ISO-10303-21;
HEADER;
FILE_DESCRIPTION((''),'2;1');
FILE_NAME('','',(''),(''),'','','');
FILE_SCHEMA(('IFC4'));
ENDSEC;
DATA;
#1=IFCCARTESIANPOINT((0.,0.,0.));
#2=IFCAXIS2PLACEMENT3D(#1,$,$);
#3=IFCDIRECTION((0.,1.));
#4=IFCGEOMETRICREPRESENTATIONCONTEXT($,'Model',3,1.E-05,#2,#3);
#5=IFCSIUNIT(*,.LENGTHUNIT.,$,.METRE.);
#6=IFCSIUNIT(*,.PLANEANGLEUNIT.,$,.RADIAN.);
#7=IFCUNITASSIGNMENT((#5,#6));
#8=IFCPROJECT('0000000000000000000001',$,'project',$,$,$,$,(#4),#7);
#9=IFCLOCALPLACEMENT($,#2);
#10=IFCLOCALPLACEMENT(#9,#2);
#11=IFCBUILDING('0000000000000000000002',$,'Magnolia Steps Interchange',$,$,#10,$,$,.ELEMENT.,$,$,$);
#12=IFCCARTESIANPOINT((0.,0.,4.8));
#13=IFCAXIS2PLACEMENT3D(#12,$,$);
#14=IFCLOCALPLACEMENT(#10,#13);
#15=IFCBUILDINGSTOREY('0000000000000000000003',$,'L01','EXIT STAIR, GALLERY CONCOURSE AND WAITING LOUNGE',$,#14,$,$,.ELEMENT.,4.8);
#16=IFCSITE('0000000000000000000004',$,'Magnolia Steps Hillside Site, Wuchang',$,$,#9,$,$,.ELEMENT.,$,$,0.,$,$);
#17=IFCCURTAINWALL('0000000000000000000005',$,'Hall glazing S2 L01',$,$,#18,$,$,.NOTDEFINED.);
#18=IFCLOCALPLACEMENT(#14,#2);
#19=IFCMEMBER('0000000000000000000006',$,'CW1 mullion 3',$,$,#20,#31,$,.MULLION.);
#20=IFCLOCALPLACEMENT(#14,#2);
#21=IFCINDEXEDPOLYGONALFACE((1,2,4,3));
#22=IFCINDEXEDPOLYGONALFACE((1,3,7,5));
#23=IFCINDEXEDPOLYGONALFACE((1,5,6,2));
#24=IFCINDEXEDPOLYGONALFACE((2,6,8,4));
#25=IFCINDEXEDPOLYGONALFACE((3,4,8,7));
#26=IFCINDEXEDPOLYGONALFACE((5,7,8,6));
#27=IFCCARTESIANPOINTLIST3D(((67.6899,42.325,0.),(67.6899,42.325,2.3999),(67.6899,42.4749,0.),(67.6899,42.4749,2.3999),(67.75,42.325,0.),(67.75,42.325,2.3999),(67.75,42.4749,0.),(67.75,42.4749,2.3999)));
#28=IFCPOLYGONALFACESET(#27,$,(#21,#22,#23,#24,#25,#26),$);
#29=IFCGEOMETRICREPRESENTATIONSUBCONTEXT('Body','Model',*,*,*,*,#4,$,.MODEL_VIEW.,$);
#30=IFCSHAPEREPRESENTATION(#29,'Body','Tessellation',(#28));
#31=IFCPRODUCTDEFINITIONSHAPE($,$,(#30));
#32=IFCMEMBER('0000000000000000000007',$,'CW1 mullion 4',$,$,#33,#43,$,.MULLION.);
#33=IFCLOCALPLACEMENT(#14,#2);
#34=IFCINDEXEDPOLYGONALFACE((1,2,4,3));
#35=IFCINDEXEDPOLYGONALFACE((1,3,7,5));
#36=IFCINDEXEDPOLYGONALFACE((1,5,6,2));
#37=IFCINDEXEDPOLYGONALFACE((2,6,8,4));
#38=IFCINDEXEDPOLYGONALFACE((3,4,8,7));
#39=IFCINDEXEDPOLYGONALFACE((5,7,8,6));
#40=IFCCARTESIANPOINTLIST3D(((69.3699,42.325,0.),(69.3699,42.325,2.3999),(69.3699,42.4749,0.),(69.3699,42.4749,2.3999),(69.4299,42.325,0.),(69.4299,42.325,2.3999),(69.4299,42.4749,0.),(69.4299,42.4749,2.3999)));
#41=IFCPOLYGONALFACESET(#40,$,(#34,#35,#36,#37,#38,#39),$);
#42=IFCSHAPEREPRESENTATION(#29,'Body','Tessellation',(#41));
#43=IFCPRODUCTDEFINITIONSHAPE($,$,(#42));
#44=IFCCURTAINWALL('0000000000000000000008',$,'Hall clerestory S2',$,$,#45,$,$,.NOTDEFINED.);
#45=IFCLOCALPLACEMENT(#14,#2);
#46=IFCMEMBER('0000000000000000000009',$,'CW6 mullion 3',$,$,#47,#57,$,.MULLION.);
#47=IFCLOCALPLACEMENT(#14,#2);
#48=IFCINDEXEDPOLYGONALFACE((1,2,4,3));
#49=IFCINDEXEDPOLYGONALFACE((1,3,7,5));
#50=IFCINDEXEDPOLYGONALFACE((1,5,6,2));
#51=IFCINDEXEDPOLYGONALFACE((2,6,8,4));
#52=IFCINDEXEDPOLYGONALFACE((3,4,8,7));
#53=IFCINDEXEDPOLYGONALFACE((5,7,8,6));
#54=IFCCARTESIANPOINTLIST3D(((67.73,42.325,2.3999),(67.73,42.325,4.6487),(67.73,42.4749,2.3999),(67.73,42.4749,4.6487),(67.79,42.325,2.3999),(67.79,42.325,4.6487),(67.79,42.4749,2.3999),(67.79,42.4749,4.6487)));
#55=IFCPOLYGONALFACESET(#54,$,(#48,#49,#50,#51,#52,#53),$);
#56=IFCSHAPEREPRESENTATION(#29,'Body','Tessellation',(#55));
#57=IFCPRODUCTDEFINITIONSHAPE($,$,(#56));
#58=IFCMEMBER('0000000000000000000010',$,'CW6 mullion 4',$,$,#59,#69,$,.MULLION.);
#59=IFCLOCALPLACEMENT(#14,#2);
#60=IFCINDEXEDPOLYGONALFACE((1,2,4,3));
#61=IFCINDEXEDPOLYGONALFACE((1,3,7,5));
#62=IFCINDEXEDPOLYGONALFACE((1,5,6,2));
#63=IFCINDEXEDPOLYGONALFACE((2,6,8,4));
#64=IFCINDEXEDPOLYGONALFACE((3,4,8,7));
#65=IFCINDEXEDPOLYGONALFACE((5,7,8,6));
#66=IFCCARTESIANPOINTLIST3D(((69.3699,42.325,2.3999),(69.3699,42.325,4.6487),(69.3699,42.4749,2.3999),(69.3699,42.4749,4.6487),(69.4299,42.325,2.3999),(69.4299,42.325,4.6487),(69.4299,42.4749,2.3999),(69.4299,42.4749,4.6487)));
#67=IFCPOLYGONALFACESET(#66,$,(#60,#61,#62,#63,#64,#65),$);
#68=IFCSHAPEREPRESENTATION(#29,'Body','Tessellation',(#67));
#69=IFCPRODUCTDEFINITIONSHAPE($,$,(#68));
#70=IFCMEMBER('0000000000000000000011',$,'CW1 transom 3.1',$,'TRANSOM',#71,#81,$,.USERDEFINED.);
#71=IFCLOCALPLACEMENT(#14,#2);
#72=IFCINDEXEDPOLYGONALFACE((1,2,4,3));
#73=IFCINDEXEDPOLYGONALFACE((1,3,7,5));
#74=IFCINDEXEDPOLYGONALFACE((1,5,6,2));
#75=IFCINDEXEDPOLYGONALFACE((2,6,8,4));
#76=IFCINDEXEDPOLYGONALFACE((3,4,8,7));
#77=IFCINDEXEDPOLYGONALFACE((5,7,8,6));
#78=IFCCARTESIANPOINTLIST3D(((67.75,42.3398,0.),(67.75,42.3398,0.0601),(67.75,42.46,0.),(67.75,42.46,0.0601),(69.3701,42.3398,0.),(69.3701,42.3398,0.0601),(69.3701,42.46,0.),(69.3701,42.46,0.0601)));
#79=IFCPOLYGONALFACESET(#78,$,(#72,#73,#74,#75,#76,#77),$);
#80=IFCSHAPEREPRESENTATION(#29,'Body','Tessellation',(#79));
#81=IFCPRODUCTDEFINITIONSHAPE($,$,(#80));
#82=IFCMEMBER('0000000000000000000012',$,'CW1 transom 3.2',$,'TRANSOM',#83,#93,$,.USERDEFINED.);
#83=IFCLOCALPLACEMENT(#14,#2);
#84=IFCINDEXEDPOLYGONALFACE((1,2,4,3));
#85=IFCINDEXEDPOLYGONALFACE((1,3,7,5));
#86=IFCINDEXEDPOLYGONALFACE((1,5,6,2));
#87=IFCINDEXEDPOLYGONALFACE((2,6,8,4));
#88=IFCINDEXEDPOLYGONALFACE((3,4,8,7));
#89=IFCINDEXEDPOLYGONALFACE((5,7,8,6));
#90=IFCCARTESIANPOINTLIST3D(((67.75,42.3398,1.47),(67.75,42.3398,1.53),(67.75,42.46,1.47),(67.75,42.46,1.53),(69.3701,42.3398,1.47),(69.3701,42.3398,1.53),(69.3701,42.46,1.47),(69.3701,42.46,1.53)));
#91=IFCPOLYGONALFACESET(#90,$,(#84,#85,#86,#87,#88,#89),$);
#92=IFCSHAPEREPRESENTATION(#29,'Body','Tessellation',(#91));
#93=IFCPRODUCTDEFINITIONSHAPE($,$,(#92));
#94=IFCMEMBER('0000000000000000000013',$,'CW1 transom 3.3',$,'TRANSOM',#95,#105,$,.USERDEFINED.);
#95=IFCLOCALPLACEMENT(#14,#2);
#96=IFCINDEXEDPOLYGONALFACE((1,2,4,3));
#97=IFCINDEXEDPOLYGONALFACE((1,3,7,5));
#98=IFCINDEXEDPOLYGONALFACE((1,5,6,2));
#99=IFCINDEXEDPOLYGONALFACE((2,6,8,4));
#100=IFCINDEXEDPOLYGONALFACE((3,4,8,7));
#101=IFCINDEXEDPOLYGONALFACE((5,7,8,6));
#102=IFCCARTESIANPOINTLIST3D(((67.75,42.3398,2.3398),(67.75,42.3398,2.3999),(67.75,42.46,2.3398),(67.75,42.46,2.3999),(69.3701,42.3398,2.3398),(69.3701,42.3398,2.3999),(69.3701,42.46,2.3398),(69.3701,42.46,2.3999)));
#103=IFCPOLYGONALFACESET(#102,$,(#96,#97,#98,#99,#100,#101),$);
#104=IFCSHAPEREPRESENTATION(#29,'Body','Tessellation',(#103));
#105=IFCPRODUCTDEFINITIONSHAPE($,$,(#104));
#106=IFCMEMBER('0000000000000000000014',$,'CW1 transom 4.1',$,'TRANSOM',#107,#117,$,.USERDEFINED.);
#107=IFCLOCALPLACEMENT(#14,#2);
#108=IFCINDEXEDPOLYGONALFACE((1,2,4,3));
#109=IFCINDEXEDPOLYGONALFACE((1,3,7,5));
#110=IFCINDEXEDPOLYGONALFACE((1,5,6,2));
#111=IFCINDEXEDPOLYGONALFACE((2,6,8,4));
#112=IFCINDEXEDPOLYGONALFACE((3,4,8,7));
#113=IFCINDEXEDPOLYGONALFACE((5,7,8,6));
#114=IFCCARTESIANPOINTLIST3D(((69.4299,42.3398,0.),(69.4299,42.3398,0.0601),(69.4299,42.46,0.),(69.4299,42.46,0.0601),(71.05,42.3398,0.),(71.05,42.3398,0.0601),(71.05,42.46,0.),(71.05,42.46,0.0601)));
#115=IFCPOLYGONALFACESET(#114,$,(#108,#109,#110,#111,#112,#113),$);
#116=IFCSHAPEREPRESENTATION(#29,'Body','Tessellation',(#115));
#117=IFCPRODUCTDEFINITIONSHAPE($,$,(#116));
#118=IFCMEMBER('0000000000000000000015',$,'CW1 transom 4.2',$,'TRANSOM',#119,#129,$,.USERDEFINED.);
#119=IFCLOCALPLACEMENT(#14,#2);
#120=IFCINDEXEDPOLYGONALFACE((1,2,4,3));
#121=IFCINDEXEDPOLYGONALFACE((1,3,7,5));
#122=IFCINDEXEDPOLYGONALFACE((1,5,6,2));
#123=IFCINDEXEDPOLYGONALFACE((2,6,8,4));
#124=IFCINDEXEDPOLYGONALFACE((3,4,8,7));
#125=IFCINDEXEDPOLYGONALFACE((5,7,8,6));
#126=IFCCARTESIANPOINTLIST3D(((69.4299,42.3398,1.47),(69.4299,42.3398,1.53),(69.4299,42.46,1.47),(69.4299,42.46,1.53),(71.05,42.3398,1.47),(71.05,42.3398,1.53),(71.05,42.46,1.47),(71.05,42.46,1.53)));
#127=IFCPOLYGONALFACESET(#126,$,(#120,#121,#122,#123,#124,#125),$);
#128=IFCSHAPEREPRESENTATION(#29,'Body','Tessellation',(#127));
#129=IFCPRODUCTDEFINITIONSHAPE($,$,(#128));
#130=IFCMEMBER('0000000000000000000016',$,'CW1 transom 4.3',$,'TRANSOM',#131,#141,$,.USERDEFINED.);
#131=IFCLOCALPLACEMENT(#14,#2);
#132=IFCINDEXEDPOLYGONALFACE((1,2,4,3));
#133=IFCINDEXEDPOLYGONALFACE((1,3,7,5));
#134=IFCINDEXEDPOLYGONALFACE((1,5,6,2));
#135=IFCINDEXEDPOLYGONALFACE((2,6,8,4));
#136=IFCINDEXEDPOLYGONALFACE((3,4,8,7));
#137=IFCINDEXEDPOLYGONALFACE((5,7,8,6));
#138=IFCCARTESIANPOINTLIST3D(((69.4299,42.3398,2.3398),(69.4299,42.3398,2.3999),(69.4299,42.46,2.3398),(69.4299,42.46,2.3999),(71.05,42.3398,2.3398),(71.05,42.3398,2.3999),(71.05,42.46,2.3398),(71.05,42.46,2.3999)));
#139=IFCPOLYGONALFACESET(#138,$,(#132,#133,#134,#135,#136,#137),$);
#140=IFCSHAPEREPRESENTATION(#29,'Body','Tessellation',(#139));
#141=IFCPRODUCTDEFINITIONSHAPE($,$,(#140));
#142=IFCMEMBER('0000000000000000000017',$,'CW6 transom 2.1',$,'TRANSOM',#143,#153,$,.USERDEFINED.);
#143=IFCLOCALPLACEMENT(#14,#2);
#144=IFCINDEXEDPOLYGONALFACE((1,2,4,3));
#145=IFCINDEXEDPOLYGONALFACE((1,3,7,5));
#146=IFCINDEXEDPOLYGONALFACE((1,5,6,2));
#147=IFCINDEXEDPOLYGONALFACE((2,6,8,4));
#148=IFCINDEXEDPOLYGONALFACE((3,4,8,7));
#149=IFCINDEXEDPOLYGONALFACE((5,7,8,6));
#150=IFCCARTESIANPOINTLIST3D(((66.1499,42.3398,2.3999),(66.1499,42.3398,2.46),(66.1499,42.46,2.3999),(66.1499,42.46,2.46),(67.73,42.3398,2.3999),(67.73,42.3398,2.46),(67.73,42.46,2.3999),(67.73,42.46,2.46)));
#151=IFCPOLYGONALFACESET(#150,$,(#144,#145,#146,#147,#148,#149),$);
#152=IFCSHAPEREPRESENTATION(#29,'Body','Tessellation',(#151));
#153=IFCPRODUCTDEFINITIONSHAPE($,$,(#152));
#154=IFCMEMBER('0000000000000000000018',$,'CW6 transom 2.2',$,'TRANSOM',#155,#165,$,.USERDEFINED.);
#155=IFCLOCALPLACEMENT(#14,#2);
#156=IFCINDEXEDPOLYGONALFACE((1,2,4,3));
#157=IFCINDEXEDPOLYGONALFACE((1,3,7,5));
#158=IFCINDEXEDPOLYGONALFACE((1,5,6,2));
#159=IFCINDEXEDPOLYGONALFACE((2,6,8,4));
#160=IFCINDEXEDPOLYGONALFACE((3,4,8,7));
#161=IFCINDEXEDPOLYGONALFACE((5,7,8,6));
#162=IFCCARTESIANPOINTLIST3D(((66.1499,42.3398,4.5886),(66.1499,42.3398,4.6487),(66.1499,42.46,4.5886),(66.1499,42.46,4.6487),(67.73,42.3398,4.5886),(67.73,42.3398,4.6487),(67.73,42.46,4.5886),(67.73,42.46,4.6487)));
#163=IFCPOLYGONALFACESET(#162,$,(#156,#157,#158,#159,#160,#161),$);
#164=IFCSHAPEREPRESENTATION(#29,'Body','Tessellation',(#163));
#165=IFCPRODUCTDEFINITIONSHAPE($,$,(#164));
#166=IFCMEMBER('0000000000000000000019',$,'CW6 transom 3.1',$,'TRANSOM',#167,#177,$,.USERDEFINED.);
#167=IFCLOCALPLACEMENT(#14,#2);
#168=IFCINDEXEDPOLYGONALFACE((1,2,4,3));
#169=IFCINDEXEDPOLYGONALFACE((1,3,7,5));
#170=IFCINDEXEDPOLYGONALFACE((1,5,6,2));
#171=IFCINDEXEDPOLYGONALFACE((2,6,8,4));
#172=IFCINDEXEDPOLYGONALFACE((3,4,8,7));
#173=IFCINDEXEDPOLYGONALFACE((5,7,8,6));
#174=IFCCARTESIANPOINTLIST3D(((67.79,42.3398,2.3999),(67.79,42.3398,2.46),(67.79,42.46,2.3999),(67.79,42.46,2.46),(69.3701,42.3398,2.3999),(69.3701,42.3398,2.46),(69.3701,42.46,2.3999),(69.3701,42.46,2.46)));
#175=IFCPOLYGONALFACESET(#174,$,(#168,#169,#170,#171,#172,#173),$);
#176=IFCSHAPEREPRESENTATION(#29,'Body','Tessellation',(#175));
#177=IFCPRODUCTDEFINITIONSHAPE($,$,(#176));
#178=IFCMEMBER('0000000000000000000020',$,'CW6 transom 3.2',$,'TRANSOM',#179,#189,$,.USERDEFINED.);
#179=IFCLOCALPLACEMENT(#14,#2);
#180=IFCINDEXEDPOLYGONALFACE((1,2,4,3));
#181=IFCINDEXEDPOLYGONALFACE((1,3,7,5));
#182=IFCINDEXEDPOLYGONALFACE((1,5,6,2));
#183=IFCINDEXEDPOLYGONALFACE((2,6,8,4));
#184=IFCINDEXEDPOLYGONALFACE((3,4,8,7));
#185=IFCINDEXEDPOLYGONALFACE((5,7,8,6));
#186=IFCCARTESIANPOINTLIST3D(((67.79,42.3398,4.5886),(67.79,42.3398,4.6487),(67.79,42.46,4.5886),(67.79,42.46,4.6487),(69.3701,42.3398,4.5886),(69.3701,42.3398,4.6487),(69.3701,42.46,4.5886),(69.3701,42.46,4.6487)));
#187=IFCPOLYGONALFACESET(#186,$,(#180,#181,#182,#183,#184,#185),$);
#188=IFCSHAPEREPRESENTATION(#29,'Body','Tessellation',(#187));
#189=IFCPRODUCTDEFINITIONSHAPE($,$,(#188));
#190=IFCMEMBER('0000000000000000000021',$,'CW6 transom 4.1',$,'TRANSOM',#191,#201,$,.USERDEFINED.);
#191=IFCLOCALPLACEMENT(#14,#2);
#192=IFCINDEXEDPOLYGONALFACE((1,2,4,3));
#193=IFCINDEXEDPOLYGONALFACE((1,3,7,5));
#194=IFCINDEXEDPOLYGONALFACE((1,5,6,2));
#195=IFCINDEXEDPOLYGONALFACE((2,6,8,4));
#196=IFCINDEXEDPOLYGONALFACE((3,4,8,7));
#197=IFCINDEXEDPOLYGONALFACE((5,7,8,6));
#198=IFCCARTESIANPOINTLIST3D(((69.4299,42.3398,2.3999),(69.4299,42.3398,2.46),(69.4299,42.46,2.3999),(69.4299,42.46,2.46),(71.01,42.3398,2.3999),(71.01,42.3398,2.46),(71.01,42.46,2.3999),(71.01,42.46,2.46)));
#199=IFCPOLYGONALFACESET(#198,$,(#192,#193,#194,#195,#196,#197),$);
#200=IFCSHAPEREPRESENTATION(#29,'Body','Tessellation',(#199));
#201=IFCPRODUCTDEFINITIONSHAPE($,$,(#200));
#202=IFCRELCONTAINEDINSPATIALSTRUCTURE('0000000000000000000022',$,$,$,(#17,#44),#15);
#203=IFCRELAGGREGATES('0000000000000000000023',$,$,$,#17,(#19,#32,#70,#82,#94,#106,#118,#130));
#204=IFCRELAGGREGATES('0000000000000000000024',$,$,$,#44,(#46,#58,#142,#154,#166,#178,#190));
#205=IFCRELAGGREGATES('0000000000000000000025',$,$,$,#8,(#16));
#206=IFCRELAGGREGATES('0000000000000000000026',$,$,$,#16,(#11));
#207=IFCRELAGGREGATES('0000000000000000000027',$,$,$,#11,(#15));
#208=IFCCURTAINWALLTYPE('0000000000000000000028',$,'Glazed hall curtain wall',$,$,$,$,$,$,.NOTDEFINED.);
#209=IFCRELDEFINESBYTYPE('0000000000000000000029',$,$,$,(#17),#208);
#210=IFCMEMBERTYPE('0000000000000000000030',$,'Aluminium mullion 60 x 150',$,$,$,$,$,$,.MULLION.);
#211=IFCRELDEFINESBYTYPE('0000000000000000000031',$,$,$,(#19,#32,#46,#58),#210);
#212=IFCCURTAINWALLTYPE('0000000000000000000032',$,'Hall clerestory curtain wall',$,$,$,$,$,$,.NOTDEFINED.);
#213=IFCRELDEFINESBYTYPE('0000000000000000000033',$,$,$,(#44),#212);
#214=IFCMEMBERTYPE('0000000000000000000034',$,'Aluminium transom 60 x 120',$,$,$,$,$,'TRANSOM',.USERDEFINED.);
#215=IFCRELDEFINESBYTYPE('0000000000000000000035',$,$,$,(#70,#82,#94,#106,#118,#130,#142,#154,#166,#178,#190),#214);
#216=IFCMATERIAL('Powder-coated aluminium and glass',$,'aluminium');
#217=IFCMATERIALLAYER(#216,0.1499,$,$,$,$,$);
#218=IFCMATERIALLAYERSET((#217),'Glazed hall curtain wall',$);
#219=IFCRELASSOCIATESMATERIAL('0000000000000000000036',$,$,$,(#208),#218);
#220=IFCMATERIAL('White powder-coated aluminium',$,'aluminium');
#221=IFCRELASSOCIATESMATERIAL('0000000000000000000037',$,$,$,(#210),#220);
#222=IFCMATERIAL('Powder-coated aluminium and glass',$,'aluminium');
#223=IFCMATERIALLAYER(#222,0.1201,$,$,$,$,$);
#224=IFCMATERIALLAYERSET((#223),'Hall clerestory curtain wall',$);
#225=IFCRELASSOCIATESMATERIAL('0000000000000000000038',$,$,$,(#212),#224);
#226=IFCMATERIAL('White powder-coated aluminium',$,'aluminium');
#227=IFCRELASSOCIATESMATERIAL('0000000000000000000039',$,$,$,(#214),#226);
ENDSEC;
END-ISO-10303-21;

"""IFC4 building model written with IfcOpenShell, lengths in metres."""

from ifc_helpers import new_model, si_unit, direction, frame, origin, origin_2d, place, context, subcontext, project, spatial, rectangle, extrude, material, layer, layer_set, material_profile, profile_set, type_object, element, aggregate, save


model = new_model("IFC4")

# Units and contexts
model_context = context("Model", 3, precision=1e-05, world=origin(), true_north=direction((0.0, 1.0)))
body_context = subcontext(model_context, "Body", "Model", "MODEL_VIEW")
ifc_project = project(units=[si_unit("LENGTHUNIT", "METRE"), si_unit("PLANEANGLEUNIT", "RADIAN")], contexts=[model_context])

# Site, building, storey
site_placement = place(None, origin())
site = spatial("IfcSite", under=ifc_project, at=site_placement, Name="Magnolia Steps Hillside Site, Wuchang", CompositionType="ELEMENT", RefElevation=0.0)
building_placement = place(site_placement, origin())
building = spatial("IfcBuilding", under=site, at=building_placement, Name="Magnolia Steps Interchange", CompositionType="ELEMENT")
storey_placement = place(building_placement, frame((0.0, 0.0, 4.8)))
storey = spatial("IfcBuildingStorey", under=building, at=storey_placement, Name="L01", Description="EXIT STAIR, GALLERY CONCOURSE AND WAITING LOUNGE", CompositionType="ELEMENT", Elevation=4.8)

# Curtain walls, members
ifc_material_1 = material(Name="Powder-coated aluminium and glass", Category="aluminium")
ifc_layer_1 = layer(ifc_material_1, 0.1499)
ifc_layer_set_1 = layer_set([ifc_layer_1], Name="Glazed hall curtain wall")
curtain_wall_type_1 = type_object("IfcCurtainWallType", Name="Glazed hall curtain wall", PredefinedType="NOTDEFINED", material=ifc_layer_set_1)
curtain_wall_1_placement = place(storey_placement, origin())
curtain_wall_1 = element("IfcCurtainWall", 1, at=curtain_wall_1_placement, inside=storey, type_object=curtain_wall_type_1, Name="Hall glazing S2 L01", PredefinedType="NOTDEFINED")
ifc_material_2 = material(Name="White powder-coated aluminium", Category="aluminium")
ifc_material_profile_1 = material_profile(ifc_material_2, rectangle(XDim=0.0601, YDim=0.1499, at=origin_2d()), Name="Aluminium mullion 60 x 150")
ifc_profile_set_1 = profile_set([ifc_material_profile_1], Name="White powder-coated aluminium")
member_type_1 = type_object("IfcMemberType", Name="Aluminium mullion 60 x 150", PredefinedType="MULLION", material=ifc_profile_set_1)
member_1_placement = place(storey_placement, frame((67.72, 42.3999, 0.0), z_axis=(0.0, 0.0, 1.0), x_axis=(1.0, 0.0, 0.0)))
member_1 = element("IfcMember", 2, at=member_1_placement, type_object=member_type_1, Name="CW1 mullion 3", PredefinedType="MULLION", context=body_context, shape_type="SweptSolid", body=[
    extrude(rectangle(XDim=0.0601, YDim=0.1499, at=origin_2d()), origin(), (0.0, 0.0, 1.0), 2.3999),
])
member_2_placement = place(storey_placement, frame((69.3999, 42.3999, 0.0), z_axis=(0.0, 0.0, 1.0), x_axis=(1.0, 0.0, 0.0)))
member_2 = element("IfcMember", 3, at=member_2_placement, type_object=member_type_1, Name="CW1 mullion 4", PredefinedType="MULLION", context=body_context, shape_type="SweptSolid", body=[
    extrude(rectangle(XDim=0.0601, YDim=0.1499, at=origin_2d()), origin(), (0.0, 0.0, 1.0), 2.3999),
])
ifc_material_3 = material(Name="Powder-coated aluminium and glass", Category="aluminium")
ifc_layer_2 = layer(ifc_material_3, 0.1201)
ifc_layer_set_2 = layer_set([ifc_layer_2], Name="Hall clerestory curtain wall")
curtain_wall_type_2 = type_object("IfcCurtainWallType", Name="Hall clerestory curtain wall", PredefinedType="NOTDEFINED", material=ifc_layer_set_2)
curtain_wall_2_placement = place(storey_placement, origin())
curtain_wall_2 = element("IfcCurtainWall", 4, at=curtain_wall_2_placement, inside=storey, type_object=curtain_wall_type_2, Name="Hall clerestory S2", PredefinedType="NOTDEFINED")
member_3_placement = place(storey_placement, frame((67.76, 42.3999, 2.3999), z_axis=(0.0, 0.0, 1.0), x_axis=(1.0, 0.0, 0.0)))
member_3 = element("IfcMember", 5, at=member_3_placement, type_object=member_type_1, Name="CW6 mullion 3", PredefinedType="MULLION", context=body_context, shape_type="SweptSolid", body=[
    extrude(rectangle(XDim=0.0601, YDim=0.1499, at=origin_2d()), origin(), (0.0, 0.0, 1.0), 2.2488),
])
member_4_placement = place(storey_placement, frame((69.3999, 42.3999, 2.3999), z_axis=(0.0, 0.0, 1.0), x_axis=(1.0, 0.0, 0.0)))
member_4 = element("IfcMember", 6, at=member_4_placement, type_object=member_type_1, Name="CW6 mullion 4", PredefinedType="MULLION", context=body_context, shape_type="SweptSolid", body=[
    extrude(rectangle(XDim=0.0601, YDim=0.1499, at=origin_2d()), origin(), (0.0, 0.0, 1.0), 2.2488),
])

# Members
ifc_material_4 = material(Name="White powder-coated aluminium", Category="aluminium")
ifc_material_profile_2 = material_profile(ifc_material_4, rectangle(XDim=0.0601, YDim=0.1201, at=origin_2d()), Name="Aluminium transom 60 x 120")
ifc_profile_set_2 = profile_set([ifc_material_profile_2], Name="White powder-coated aluminium")
member_type_2 = type_object("IfcMemberType", Name="Aluminium transom 60 x 120", ElementType="TRANSOM", PredefinedType="USERDEFINED", material=ifc_profile_set_2)
member_5_placement = place(storey_placement, frame((67.75, 42.3999, 0.03), z_axis=(1.0, 0.0, 0.0), x_axis=(0.0, 0.0, 1.0)))
member_5 = element("IfcMember", 7, at=member_5_placement, type_object=member_type_2, Name="CW1 transom 3.1", ObjectType="TRANSOM", PredefinedType="USERDEFINED", context=body_context, shape_type="SweptSolid", body=[
    extrude(rectangle(XDim=0.0601, YDim=0.1201, at=origin_2d()), origin(), (0.0, 0.0, 1.0), 1.6201),
])
member_6_placement = place(storey_placement, frame((67.75, 42.3999, 1.5), z_axis=(1.0, 0.0, 0.0), x_axis=(0.0, 0.0, 1.0)))
member_6 = element("IfcMember", 8, at=member_6_placement, type_object=member_type_2, Name="CW1 transom 3.2", ObjectType="TRANSOM", PredefinedType="USERDEFINED", context=body_context, shape_type="SweptSolid", body=[
    extrude(rectangle(XDim=0.0601, YDim=0.1201, at=origin_2d()), origin(), (0.0, 0.0, 1.0), 1.6201),
])
member_7_placement = place(storey_placement, frame((67.75, 42.3999, 2.3699), z_axis=(1.0, 0.0, 0.0), x_axis=(0.0, 0.0, 1.0)))
member_7 = element("IfcMember", 9, at=member_7_placement, type_object=member_type_2, Name="CW1 transom 3.3", ObjectType="TRANSOM", PredefinedType="USERDEFINED", context=body_context, shape_type="SweptSolid", body=[
    extrude(rectangle(XDim=0.0601, YDim=0.1201, at=origin_2d()), origin(), (0.0, 0.0, 1.0), 1.6201),
])
member_8_placement = place(storey_placement, frame((69.4299, 42.3999, 0.03), z_axis=(1.0, 0.0, 0.0), x_axis=(0.0, 0.0, 1.0)))
member_8 = element("IfcMember", 10, at=member_8_placement, type_object=member_type_2, Name="CW1 transom 4.1", ObjectType="TRANSOM", PredefinedType="USERDEFINED", context=body_context, shape_type="SweptSolid", body=[
    extrude(rectangle(XDim=0.0601, YDim=0.1201, at=origin_2d()), origin(), (0.0, 0.0, 1.0), 1.6201),
])
member_9_placement = place(storey_placement, frame((69.4299, 42.3999, 1.5), z_axis=(1.0, 0.0, 0.0), x_axis=(0.0, 0.0, 1.0)))
member_9 = element("IfcMember", 11, at=member_9_placement, type_object=member_type_2, Name="CW1 transom 4.2", ObjectType="TRANSOM", PredefinedType="USERDEFINED", context=body_context, shape_type="SweptSolid", body=[
    extrude(rectangle(XDim=0.0601, YDim=0.1201, at=origin_2d()), origin(), (0.0, 0.0, 1.0), 1.6201),
])
member_10_placement = place(storey_placement, frame((69.4299, 42.3999, 2.3699), z_axis=(1.0, 0.0, 0.0), x_axis=(0.0, 0.0, 1.0)))
member_10 = element("IfcMember", 12, at=member_10_placement, type_object=member_type_2, Name="CW1 transom 4.3", ObjectType="TRANSOM", PredefinedType="USERDEFINED", context=body_context, shape_type="SweptSolid", body=[
    extrude(rectangle(XDim=0.0601, YDim=0.1201, at=origin_2d()), origin(), (0.0, 0.0, 1.0), 1.6201),
])
member_11_placement = place(storey_placement, frame((66.1499, 42.3999, 2.4299), z_axis=(1.0, 0.0, 0.0), x_axis=(0.0, 0.0, 1.0)))
member_11 = element("IfcMember", 13, at=member_11_placement, type_object=member_type_2, Name="CW6 transom 2.1", ObjectType="TRANSOM", PredefinedType="USERDEFINED", context=body_context, shape_type="SweptSolid", body=[
    extrude(rectangle(XDim=0.0601, YDim=0.1201, at=origin_2d()), origin(), (0.0, 0.0, 1.0), 1.5801),
])
member_12_placement = place(storey_placement, frame((66.1499, 42.3999, 4.6187), z_axis=(1.0, 0.0, 0.0), x_axis=(0.0, 0.0, 1.0)))
member_12 = element("IfcMember", 14, at=member_12_placement, type_object=member_type_2, Name="CW6 transom 2.2", ObjectType="TRANSOM", PredefinedType="USERDEFINED", context=body_context, shape_type="SweptSolid", body=[
    extrude(rectangle(XDim=0.0601, YDim=0.1201, at=origin_2d()), origin(), (0.0, 0.0, 1.0), 1.5801),
])
member_13_placement = place(storey_placement, frame((67.79, 42.3999, 2.4299), z_axis=(1.0, 0.0, 0.0), x_axis=(0.0, 0.0, 1.0)))
member_13 = element("IfcMember", 15, at=member_13_placement, type_object=member_type_2, Name="CW6 transom 3.1", ObjectType="TRANSOM", PredefinedType="USERDEFINED", context=body_context, shape_type="SweptSolid", body=[
    extrude(rectangle(XDim=0.0601, YDim=0.1201, at=origin_2d()), origin(), (0.0, 0.0, 1.0), 1.5801),
])
member_14_placement = place(storey_placement, frame((67.79, 42.3999, 4.6187), z_axis=(1.0, 0.0, 0.0), x_axis=(0.0, 0.0, 1.0)))
member_14 = element("IfcMember", 16, at=member_14_placement, type_object=member_type_2, Name="CW6 transom 3.2", ObjectType="TRANSOM", PredefinedType="USERDEFINED", context=body_context, shape_type="SweptSolid", body=[
    extrude(rectangle(XDim=0.0601, YDim=0.1201, at=origin_2d()), origin(), (0.0, 0.0, 1.0), 1.5801),
])
member_15_placement = place(storey_placement, frame((69.4299, 42.3999, 2.4299), z_axis=(1.0, 0.0, 0.0), x_axis=(0.0, 0.0, 1.0)))
member_15 = element("IfcMember", 17, at=member_15_placement, type_object=member_type_2, Name="CW6 transom 4.1", ObjectType="TRANSOM", PredefinedType="USERDEFINED", context=body_context, shape_type="SweptSolid", body=[
    extrude(rectangle(XDim=0.0601, YDim=0.1201, at=origin_2d()), origin(), (0.0, 0.0, 1.0), 1.5801),
])

aggregate(curtain_wall_1, [member_1, member_2, member_5, member_6, member_7, member_8, member_9, member_10])
aggregate(curtain_wall_2, [member_3, member_4, member_11, member_12, member_13, member_14, member_15])

save(model, "model.ifc")
